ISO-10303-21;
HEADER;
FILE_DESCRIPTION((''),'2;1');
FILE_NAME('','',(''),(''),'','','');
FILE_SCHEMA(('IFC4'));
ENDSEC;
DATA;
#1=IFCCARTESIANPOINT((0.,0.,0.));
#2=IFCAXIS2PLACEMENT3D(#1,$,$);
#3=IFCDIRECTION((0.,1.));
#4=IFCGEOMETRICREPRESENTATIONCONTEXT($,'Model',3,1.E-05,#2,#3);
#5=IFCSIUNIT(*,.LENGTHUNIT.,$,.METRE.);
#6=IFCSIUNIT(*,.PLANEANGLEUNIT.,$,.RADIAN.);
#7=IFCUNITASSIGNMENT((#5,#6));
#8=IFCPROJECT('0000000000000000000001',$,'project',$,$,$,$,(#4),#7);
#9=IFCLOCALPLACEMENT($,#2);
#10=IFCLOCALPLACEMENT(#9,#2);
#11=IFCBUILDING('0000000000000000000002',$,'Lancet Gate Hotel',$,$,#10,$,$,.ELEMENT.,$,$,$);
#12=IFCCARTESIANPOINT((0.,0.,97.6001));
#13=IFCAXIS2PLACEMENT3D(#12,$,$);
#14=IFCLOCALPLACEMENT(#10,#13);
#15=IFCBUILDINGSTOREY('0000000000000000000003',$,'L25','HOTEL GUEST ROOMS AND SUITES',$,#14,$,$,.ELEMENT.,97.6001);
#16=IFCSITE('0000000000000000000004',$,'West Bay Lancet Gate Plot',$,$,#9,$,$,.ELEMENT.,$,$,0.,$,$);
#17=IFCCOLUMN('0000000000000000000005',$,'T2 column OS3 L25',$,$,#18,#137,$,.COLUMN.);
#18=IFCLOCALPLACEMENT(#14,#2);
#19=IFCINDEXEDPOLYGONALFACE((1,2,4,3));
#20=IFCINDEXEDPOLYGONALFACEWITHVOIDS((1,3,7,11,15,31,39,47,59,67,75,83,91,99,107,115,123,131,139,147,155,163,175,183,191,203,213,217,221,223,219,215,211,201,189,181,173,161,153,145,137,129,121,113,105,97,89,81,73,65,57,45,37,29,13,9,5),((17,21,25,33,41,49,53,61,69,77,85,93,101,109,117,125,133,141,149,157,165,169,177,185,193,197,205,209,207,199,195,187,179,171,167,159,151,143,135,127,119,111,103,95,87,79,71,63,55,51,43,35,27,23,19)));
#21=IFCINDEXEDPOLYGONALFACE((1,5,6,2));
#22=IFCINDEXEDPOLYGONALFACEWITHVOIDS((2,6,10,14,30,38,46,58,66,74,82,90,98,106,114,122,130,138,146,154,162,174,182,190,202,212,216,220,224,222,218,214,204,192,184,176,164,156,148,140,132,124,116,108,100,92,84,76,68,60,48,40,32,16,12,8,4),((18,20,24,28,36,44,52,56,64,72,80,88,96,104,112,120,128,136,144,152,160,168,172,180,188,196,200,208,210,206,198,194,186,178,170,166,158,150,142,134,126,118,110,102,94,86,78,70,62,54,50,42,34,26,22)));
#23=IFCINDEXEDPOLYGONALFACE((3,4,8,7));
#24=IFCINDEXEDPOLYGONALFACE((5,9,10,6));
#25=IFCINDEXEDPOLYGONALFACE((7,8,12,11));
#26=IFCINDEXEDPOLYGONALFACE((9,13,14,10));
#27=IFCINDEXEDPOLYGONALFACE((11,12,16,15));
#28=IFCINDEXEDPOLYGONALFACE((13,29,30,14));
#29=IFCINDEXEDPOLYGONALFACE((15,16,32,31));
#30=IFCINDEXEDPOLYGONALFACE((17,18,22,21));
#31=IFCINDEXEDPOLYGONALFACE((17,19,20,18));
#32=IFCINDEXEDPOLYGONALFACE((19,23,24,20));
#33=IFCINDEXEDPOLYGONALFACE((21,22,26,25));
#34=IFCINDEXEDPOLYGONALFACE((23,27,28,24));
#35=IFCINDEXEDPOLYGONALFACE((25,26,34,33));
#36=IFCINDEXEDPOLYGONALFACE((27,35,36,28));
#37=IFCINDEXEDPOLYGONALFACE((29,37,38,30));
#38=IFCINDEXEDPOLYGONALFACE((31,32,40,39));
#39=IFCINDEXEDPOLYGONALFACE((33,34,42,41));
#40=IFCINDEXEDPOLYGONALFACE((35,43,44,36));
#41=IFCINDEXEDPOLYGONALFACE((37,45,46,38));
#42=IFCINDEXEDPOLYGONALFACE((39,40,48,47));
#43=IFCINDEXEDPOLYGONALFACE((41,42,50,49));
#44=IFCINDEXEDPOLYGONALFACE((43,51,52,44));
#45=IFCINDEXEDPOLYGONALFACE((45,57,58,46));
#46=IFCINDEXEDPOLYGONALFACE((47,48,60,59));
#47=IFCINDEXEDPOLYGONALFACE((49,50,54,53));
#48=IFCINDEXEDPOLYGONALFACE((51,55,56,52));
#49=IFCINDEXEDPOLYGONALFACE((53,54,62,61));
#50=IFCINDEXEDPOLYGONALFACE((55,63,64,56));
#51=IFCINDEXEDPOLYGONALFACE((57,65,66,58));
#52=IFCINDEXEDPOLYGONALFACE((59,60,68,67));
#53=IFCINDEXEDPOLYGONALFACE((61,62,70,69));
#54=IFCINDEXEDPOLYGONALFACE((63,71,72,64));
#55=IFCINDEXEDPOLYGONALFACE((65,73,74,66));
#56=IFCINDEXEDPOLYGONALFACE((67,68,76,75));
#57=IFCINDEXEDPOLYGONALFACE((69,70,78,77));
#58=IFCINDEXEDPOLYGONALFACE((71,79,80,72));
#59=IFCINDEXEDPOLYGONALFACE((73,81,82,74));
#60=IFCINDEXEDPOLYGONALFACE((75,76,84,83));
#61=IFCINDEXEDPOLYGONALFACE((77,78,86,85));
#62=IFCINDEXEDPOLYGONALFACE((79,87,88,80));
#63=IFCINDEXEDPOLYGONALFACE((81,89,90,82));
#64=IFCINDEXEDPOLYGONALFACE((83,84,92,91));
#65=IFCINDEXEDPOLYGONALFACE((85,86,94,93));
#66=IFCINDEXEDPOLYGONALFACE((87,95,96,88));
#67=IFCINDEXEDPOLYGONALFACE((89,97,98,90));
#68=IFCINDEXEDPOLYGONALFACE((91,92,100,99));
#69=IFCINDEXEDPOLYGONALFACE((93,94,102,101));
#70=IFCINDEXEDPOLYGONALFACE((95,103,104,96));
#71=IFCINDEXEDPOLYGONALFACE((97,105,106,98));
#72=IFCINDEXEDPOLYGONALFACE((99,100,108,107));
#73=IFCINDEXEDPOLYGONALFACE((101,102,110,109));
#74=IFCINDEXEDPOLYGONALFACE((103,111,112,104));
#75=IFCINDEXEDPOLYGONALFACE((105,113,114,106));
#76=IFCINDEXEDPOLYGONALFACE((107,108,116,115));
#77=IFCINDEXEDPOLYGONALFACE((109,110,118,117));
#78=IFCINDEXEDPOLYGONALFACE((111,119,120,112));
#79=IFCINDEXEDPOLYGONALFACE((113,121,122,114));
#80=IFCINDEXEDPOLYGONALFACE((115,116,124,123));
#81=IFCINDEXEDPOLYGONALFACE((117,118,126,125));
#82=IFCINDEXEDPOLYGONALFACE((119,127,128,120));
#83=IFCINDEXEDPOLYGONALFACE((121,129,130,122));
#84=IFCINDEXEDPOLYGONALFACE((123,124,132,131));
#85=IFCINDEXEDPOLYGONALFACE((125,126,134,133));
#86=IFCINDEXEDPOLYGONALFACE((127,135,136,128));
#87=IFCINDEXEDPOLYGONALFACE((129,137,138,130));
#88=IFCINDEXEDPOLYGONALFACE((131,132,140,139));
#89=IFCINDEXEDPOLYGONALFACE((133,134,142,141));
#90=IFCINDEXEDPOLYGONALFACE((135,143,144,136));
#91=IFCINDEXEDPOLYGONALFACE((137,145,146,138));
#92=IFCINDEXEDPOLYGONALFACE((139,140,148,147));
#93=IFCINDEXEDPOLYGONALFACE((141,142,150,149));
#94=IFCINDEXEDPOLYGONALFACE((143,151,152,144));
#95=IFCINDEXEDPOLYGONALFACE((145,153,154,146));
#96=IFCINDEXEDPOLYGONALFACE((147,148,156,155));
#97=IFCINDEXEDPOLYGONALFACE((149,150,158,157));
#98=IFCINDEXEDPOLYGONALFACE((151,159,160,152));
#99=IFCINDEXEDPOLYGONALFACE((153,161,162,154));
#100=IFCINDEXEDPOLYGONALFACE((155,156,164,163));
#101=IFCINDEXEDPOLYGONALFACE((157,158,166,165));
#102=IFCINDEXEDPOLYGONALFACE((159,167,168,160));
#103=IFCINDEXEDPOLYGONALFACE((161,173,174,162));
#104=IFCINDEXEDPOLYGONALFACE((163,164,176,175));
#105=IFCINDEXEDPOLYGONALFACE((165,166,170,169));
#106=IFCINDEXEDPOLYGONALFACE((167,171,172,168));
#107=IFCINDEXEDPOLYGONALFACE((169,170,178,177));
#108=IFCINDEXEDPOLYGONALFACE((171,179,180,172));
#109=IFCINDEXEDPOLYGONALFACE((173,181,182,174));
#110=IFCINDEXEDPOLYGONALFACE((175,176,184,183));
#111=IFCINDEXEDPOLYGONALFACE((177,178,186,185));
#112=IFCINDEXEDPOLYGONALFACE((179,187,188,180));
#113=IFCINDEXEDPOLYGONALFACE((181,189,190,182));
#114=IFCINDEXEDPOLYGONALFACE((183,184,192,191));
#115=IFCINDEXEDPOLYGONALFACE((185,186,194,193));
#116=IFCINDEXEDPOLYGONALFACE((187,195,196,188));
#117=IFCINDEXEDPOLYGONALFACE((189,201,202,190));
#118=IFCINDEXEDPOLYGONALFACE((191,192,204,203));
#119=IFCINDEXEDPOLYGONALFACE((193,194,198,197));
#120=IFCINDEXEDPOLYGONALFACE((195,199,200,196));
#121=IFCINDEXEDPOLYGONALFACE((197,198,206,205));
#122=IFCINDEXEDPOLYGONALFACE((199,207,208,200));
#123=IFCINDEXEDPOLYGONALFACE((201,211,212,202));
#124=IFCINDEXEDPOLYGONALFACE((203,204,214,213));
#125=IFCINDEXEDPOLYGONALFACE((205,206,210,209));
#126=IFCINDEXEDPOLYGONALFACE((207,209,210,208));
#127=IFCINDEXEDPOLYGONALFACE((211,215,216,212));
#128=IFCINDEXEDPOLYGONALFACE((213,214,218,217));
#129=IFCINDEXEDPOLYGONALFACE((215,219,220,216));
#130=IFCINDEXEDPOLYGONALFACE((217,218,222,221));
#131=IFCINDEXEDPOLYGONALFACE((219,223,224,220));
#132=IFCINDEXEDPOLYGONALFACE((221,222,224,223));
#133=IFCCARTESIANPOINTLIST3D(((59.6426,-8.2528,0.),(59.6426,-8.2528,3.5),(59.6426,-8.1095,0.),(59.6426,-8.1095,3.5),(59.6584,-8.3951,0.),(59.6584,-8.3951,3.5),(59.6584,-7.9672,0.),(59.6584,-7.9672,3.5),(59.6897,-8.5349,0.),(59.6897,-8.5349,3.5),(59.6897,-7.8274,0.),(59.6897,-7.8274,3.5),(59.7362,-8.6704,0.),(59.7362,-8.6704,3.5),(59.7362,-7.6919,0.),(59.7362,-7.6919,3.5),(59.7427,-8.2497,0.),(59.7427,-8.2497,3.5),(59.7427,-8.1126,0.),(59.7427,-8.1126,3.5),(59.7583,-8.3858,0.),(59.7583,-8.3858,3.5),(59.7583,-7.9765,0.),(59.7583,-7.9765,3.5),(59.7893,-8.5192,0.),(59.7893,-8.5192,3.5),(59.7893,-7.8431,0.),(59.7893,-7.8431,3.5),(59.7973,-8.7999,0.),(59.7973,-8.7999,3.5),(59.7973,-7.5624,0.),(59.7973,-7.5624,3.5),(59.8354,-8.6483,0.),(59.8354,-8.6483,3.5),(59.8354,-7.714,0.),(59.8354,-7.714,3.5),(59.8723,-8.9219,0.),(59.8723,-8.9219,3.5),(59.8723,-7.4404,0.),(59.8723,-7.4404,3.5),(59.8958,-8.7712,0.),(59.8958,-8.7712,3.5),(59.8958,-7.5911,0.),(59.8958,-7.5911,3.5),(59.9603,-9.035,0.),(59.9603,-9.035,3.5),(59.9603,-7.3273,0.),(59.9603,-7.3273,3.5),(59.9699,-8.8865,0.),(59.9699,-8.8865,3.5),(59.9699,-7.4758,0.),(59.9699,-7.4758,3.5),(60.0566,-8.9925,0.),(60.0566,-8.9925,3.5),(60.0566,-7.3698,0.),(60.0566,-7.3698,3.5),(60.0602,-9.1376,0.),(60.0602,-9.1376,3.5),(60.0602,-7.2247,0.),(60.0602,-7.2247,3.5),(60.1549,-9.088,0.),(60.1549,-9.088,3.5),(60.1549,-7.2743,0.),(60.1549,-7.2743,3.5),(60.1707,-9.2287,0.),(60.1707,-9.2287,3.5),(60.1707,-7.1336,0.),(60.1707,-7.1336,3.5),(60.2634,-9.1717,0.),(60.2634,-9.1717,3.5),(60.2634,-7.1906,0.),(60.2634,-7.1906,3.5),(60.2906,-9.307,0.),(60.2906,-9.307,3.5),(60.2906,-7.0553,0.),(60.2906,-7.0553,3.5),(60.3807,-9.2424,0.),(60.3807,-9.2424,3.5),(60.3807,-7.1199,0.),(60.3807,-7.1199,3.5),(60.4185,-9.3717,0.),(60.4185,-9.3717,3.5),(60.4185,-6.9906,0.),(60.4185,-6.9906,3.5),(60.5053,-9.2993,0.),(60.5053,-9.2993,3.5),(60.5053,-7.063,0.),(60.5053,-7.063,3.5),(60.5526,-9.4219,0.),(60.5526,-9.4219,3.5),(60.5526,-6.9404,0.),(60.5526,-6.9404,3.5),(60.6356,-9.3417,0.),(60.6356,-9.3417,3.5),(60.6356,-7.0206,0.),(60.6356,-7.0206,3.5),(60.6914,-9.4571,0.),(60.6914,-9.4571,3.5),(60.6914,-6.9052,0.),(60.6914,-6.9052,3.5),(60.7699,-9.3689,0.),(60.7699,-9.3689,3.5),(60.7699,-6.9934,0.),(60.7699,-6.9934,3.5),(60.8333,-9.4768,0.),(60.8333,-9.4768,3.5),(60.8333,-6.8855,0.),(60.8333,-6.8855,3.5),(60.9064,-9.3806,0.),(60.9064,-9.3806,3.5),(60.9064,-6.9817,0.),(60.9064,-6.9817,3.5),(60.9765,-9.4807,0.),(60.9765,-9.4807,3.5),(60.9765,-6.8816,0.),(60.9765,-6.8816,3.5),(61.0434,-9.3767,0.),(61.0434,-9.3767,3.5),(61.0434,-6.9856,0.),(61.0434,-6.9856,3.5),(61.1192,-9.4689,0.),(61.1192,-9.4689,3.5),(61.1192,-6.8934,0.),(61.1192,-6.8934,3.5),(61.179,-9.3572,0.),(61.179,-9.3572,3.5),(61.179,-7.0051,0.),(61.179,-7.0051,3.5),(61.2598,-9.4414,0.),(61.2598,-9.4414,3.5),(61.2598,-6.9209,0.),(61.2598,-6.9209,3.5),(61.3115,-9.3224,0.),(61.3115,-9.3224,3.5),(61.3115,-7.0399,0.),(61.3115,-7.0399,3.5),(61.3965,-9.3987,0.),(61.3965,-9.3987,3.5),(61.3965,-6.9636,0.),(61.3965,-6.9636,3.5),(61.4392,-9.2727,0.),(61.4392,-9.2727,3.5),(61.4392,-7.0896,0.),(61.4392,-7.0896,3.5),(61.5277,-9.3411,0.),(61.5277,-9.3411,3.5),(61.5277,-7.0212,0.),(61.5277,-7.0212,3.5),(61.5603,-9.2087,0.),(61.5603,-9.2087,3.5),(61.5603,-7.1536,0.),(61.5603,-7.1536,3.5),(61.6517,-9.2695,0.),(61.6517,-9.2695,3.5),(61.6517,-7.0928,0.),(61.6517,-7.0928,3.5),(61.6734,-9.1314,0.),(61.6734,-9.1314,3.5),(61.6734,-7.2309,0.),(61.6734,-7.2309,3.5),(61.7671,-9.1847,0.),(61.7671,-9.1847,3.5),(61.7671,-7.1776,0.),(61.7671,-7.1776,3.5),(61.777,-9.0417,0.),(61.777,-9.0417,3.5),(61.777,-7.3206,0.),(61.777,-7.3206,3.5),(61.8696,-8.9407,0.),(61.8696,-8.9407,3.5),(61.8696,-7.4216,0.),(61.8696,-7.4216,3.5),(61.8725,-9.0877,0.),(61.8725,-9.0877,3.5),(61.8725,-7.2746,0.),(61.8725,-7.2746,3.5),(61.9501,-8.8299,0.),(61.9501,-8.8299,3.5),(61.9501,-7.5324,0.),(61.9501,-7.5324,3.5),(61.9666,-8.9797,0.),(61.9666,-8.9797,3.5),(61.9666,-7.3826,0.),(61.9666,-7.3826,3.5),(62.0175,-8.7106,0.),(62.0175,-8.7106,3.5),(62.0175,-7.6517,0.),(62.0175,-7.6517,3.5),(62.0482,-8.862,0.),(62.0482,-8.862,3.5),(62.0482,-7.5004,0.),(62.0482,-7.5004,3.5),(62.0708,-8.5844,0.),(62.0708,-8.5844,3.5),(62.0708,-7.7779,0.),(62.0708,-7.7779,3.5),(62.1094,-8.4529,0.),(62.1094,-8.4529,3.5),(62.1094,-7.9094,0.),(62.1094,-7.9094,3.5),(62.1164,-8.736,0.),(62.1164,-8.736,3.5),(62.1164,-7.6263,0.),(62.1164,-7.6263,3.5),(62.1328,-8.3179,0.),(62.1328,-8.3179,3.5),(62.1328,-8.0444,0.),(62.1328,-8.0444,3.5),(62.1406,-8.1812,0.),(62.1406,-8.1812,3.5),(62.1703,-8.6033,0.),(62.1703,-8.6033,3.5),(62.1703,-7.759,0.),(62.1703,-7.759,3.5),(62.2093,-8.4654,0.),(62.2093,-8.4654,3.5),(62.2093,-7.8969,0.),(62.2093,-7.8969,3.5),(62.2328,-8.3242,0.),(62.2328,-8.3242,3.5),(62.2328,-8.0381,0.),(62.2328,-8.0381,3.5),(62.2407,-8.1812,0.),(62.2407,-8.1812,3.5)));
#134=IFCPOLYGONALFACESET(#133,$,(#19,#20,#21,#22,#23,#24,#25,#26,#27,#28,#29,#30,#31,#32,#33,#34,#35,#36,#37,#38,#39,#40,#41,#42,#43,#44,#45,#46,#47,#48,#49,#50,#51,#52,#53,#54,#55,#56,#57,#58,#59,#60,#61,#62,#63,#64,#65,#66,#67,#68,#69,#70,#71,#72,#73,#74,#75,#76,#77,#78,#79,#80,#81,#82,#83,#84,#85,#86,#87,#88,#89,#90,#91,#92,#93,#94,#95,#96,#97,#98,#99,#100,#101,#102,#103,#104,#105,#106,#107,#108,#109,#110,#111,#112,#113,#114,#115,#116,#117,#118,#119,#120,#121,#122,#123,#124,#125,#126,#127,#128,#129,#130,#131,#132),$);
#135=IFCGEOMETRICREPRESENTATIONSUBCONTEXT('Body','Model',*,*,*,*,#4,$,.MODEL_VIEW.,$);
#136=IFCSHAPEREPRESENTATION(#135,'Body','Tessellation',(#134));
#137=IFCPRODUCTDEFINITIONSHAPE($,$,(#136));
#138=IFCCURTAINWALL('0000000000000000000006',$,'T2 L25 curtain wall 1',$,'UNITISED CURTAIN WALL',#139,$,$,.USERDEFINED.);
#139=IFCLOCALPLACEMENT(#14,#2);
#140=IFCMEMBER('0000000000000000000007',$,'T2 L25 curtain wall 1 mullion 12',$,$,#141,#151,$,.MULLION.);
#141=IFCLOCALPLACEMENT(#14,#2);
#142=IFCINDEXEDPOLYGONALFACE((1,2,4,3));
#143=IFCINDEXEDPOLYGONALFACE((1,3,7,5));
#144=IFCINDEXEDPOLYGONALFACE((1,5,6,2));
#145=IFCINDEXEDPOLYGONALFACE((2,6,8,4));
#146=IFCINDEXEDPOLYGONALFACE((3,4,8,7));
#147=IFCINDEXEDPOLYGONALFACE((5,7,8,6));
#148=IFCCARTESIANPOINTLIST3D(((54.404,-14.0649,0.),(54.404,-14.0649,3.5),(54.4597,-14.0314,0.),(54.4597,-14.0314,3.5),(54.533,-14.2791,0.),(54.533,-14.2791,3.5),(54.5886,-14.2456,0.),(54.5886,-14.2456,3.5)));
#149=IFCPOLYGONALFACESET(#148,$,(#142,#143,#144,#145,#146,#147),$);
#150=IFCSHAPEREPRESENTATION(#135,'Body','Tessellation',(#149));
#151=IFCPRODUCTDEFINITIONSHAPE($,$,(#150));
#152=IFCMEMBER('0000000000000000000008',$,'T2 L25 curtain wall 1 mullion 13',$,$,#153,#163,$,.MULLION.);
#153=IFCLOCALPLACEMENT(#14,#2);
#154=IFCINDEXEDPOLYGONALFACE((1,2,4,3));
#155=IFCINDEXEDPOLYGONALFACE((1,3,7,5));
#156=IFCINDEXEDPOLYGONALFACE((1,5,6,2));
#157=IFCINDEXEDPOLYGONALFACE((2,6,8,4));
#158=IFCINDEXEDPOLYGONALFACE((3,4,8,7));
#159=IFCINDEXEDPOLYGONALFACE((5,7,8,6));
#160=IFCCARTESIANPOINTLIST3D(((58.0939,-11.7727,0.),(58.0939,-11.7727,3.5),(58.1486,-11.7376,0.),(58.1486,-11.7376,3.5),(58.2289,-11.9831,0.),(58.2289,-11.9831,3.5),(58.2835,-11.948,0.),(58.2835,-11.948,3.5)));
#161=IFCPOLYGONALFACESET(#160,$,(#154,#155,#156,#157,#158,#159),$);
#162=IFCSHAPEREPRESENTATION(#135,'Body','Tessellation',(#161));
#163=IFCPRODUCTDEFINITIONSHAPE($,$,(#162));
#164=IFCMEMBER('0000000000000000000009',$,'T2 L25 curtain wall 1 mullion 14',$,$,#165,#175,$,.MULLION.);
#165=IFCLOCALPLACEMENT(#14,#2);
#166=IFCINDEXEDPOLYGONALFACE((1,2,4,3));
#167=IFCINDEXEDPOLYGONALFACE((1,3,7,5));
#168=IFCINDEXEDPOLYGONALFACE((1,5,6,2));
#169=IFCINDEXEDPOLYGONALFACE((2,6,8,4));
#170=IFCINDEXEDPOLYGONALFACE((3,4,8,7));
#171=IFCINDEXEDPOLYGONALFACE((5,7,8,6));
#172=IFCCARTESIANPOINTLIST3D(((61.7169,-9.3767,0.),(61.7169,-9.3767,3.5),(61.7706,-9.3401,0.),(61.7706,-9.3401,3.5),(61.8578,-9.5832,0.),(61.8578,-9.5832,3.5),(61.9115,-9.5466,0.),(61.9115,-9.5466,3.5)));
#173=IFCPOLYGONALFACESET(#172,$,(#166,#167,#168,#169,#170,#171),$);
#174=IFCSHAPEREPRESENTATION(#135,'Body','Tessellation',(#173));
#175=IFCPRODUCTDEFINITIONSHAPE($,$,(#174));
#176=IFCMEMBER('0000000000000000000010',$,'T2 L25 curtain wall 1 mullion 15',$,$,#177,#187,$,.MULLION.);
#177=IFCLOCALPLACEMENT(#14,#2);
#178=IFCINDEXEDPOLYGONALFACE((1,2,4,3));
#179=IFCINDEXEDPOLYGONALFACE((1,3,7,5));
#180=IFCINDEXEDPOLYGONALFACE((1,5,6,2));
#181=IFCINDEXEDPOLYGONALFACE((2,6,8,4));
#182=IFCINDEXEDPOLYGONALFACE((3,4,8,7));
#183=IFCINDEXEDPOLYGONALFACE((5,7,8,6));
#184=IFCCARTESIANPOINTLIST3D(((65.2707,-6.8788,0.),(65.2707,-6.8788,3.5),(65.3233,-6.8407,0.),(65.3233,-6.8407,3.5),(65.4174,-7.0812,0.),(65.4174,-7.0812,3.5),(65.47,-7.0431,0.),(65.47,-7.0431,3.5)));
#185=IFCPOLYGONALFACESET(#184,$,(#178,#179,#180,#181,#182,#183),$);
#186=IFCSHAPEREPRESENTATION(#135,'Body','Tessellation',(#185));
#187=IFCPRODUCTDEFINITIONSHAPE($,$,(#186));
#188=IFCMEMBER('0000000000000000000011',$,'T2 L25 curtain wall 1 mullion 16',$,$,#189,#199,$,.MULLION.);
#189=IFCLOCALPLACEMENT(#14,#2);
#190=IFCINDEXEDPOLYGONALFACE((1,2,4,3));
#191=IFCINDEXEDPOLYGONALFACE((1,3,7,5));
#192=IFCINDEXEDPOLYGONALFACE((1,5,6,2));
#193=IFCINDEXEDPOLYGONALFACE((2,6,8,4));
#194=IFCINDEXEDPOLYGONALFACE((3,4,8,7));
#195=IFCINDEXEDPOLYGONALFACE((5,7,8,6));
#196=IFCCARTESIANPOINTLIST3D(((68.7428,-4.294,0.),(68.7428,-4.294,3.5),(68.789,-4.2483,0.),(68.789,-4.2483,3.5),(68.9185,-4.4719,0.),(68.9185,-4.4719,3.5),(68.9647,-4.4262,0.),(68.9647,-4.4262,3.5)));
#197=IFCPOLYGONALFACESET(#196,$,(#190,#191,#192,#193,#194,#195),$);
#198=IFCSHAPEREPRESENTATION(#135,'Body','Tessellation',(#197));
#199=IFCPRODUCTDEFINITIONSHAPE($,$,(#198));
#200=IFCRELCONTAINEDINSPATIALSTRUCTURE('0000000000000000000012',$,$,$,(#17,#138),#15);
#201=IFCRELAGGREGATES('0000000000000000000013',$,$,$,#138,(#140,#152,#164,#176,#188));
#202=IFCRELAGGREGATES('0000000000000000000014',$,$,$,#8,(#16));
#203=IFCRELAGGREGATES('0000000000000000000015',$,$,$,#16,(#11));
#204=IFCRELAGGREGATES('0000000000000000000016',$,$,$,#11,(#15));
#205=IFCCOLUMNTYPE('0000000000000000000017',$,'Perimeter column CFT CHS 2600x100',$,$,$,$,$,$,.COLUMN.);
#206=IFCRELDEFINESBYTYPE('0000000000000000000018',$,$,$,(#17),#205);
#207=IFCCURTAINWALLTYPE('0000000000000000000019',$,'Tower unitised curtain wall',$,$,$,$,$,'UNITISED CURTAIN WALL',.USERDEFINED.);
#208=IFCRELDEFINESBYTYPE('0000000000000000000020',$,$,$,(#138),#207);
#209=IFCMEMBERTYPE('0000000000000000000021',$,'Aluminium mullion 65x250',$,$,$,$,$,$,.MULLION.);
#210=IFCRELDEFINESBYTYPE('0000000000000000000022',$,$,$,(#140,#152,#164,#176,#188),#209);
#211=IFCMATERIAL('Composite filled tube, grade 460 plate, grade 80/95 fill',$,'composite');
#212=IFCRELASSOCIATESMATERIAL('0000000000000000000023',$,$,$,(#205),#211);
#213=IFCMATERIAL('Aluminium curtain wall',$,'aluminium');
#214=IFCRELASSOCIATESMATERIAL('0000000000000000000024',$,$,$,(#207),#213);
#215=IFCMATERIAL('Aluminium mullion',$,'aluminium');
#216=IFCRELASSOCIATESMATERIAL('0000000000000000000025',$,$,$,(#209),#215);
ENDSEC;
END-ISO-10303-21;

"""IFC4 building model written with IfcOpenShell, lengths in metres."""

from ifc_helpers import new_model, si_unit, direction, frame, origin, origin_2d, place, context, subcontext, project, spatial, rectangle, hollow_circle, extrude, material, material_profile, profile_set, type_object, element, aggregate, save


model = new_model("IFC4")

# Units and contexts
model_context = context("Model", 3, precision=1e-05, world=origin(), true_north=direction((0.0, 1.0)))
body_context = subcontext(model_context, "Body", "Model", "MODEL_VIEW")
ifc_project = project(units=[si_unit("LENGTHUNIT", "METRE"), si_unit("PLANEANGLEUNIT", "RADIAN")], contexts=[model_context])

# Site, building, storey
site_placement = place(None, origin())
site = spatial("IfcSite", under=ifc_project, at=site_placement, Name="West Bay Lancet Gate Plot", CompositionType="ELEMENT", RefElevation=0.0)
building_placement = place(site_placement, origin())
building = spatial("IfcBuilding", under=site, at=building_placement, Name="Lancet Gate Hotel", CompositionType="ELEMENT")
storey_placement = place(building_placement, frame((0.0, 0.0, 97.6001)))
storey = spatial("IfcBuildingStorey", under=building, at=storey_placement, Name="L25", Description="HOTEL GUEST ROOMS AND SUITES", CompositionType="ELEMENT", Elevation=97.6001)

# Column
ifc_material_1 = material(Name="Composite filled tube, grade 460 plate, grade 80/95 fill", Category="composite")
ifc_material_profile_1 = material_profile(ifc_material_1, hollow_circle(Radius=1.3, WallThickness=0.1001, at=origin_2d()), Name="CHS 2600x100")
ifc_profile_set_1 = profile_set([ifc_material_profile_1], Name="Composite filled tube, grade 460 plate, grade 80/95 fill")
column_type = type_object("IfcColumnType", Name="Perimeter column CFT CHS 2600x100", PredefinedType="COLUMN", material=ifc_profile_set_1)
column_placement = place(storey_placement, frame((60.9407, -8.1812, 0.0), z_axis=(0.0, 0.0, 1.0), x_axis=(1.0, 0.0, 0.0)))
element("IfcColumn", 1, at=column_placement, inside=storey, type_object=column_type, Name="T2 column OS3 L25", PredefinedType="COLUMN", context=body_context, shape_type="SweptSolid", body=[
    extrude(hollow_circle(Radius=1.3, WallThickness=0.1001, at=origin_2d()), origin(), (0.0, 0.0, 1.0), 3.5),
])

# Curtain wall, members
ifc_material_2 = material(Name="Aluminium curtain wall", Category="aluminium")
curtain_wall_type = type_object("IfcCurtainWallType", Name="Tower unitised curtain wall", ElementType="UNITISED CURTAIN WALL", PredefinedType="USERDEFINED", material=ifc_material_2)
curtain_wall_placement = place(storey_placement, origin())
curtain_wall = element("IfcCurtainWall", 2, at=curtain_wall_placement, inside=storey, type_object=curtain_wall_type, Name="T2 L25 curtain wall 1", ObjectType="UNITISED CURTAIN WALL", PredefinedType="USERDEFINED")
ifc_material_3 = material(Name="Aluminium mullion", Category="aluminium")
ifc_material_profile_2 = material_profile(ifc_material_3, rectangle(XDim=0.0649, YDim=0.25, at=origin_2d()), Name="MULLION 65x250")
ifc_profile_set_2 = profile_set([ifc_material_profile_2], Name="Aluminium mullion")
member_type_1 = type_object("IfcMemberType", Name="Aluminium mullion 65x250", PredefinedType="MULLION", material=ifc_profile_set_2)
member_1_placement = place(storey_placement, frame((54.4963, -14.1553, 0.0), z_axis=(0.0, 0.0, 1.0), x_axis=(0.856728, 0.515768, 0.0)))
member_1 = element("IfcMember", 3, at=member_1_placement, type_object=member_type_1, Name="T2 L25 curtain wall 1 mullion 12", PredefinedType="MULLION", context=body_context, shape_type="SweptSolid", body=[
    extrude(rectangle(XDim=0.0649, YDim=0.25, at=origin_2d()), origin(), (0.0, 0.0, 1.0), 3.5),
])
member_2_placement = place(storey_placement, frame((58.1887, -11.8604, 0.0), z_axis=(0.0, 0.0, 1.0), x_axis=(0.841736, 0.539889, 0.0)))
member_2 = element("IfcMember", 4, at=member_2_placement, type_object=member_type_1, Name="T2 L25 curtain wall 1 mullion 13", PredefinedType="MULLION", context=body_context, shape_type="SweptSolid", body=[
    extrude(rectangle(XDim=0.0649, YDim=0.25, at=origin_2d()), origin(), (0.0, 0.0, 1.0), 3.5),
])
member_3_placement = place(storey_placement, frame((61.8142, -9.4617, 0.0), z_axis=(0.0, 0.0, 1.0), x_axis=(0.826066, 0.563574, 0.0)))
member_3 = element("IfcMember", 5, at=member_3_placement, type_object=member_type_1, Name="T2 L25 curtain wall 1 mullion 14", PredefinedType="MULLION", context=body_context, shape_type="SweptSolid", body=[
    extrude(rectangle(XDim=0.0649, YDim=0.25, at=origin_2d()), origin(), (0.0, 0.0, 1.0), 3.5),
])
member_4_placement = place(storey_placement, frame((65.3704, -6.9609, 0.0), z_axis=(0.0, 0.0, 1.0), x_axis=(0.809729, 0.586805, 0.0)))
member_4 = element("IfcMember", 6, at=member_4_placement, type_object=member_type_1, Name="T2 L25 curtain wall 1 mullion 15", PredefinedType="MULLION", context=body_context, shape_type="SweptSolid", body=[
    extrude(rectangle(XDim=0.0649, YDim=0.25, at=origin_2d()), origin(), (0.0, 0.0, 1.0), 3.5),
])
member_5_placement = place(storey_placement, frame((68.8538, -4.3601, 0.0), z_axis=(0.0, 0.0, 1.0), x_axis=(0.71161, 0.702574, 0.0)))
member_5 = element("IfcMember", 7, at=member_5_placement, type_object=member_type_1, Name="T2 L25 curtain wall 1 mullion 16", PredefinedType="MULLION", context=body_context, shape_type="SweptSolid", body=[
    extrude(rectangle(XDim=0.0649, YDim=0.25, at=origin_2d()), origin(), (0.0, 0.0, 1.0), 3.5),
])

aggregate(curtain_wall, [member_1, member_2, member_3, member_4, member_5])

save(model, "model.ifc")
